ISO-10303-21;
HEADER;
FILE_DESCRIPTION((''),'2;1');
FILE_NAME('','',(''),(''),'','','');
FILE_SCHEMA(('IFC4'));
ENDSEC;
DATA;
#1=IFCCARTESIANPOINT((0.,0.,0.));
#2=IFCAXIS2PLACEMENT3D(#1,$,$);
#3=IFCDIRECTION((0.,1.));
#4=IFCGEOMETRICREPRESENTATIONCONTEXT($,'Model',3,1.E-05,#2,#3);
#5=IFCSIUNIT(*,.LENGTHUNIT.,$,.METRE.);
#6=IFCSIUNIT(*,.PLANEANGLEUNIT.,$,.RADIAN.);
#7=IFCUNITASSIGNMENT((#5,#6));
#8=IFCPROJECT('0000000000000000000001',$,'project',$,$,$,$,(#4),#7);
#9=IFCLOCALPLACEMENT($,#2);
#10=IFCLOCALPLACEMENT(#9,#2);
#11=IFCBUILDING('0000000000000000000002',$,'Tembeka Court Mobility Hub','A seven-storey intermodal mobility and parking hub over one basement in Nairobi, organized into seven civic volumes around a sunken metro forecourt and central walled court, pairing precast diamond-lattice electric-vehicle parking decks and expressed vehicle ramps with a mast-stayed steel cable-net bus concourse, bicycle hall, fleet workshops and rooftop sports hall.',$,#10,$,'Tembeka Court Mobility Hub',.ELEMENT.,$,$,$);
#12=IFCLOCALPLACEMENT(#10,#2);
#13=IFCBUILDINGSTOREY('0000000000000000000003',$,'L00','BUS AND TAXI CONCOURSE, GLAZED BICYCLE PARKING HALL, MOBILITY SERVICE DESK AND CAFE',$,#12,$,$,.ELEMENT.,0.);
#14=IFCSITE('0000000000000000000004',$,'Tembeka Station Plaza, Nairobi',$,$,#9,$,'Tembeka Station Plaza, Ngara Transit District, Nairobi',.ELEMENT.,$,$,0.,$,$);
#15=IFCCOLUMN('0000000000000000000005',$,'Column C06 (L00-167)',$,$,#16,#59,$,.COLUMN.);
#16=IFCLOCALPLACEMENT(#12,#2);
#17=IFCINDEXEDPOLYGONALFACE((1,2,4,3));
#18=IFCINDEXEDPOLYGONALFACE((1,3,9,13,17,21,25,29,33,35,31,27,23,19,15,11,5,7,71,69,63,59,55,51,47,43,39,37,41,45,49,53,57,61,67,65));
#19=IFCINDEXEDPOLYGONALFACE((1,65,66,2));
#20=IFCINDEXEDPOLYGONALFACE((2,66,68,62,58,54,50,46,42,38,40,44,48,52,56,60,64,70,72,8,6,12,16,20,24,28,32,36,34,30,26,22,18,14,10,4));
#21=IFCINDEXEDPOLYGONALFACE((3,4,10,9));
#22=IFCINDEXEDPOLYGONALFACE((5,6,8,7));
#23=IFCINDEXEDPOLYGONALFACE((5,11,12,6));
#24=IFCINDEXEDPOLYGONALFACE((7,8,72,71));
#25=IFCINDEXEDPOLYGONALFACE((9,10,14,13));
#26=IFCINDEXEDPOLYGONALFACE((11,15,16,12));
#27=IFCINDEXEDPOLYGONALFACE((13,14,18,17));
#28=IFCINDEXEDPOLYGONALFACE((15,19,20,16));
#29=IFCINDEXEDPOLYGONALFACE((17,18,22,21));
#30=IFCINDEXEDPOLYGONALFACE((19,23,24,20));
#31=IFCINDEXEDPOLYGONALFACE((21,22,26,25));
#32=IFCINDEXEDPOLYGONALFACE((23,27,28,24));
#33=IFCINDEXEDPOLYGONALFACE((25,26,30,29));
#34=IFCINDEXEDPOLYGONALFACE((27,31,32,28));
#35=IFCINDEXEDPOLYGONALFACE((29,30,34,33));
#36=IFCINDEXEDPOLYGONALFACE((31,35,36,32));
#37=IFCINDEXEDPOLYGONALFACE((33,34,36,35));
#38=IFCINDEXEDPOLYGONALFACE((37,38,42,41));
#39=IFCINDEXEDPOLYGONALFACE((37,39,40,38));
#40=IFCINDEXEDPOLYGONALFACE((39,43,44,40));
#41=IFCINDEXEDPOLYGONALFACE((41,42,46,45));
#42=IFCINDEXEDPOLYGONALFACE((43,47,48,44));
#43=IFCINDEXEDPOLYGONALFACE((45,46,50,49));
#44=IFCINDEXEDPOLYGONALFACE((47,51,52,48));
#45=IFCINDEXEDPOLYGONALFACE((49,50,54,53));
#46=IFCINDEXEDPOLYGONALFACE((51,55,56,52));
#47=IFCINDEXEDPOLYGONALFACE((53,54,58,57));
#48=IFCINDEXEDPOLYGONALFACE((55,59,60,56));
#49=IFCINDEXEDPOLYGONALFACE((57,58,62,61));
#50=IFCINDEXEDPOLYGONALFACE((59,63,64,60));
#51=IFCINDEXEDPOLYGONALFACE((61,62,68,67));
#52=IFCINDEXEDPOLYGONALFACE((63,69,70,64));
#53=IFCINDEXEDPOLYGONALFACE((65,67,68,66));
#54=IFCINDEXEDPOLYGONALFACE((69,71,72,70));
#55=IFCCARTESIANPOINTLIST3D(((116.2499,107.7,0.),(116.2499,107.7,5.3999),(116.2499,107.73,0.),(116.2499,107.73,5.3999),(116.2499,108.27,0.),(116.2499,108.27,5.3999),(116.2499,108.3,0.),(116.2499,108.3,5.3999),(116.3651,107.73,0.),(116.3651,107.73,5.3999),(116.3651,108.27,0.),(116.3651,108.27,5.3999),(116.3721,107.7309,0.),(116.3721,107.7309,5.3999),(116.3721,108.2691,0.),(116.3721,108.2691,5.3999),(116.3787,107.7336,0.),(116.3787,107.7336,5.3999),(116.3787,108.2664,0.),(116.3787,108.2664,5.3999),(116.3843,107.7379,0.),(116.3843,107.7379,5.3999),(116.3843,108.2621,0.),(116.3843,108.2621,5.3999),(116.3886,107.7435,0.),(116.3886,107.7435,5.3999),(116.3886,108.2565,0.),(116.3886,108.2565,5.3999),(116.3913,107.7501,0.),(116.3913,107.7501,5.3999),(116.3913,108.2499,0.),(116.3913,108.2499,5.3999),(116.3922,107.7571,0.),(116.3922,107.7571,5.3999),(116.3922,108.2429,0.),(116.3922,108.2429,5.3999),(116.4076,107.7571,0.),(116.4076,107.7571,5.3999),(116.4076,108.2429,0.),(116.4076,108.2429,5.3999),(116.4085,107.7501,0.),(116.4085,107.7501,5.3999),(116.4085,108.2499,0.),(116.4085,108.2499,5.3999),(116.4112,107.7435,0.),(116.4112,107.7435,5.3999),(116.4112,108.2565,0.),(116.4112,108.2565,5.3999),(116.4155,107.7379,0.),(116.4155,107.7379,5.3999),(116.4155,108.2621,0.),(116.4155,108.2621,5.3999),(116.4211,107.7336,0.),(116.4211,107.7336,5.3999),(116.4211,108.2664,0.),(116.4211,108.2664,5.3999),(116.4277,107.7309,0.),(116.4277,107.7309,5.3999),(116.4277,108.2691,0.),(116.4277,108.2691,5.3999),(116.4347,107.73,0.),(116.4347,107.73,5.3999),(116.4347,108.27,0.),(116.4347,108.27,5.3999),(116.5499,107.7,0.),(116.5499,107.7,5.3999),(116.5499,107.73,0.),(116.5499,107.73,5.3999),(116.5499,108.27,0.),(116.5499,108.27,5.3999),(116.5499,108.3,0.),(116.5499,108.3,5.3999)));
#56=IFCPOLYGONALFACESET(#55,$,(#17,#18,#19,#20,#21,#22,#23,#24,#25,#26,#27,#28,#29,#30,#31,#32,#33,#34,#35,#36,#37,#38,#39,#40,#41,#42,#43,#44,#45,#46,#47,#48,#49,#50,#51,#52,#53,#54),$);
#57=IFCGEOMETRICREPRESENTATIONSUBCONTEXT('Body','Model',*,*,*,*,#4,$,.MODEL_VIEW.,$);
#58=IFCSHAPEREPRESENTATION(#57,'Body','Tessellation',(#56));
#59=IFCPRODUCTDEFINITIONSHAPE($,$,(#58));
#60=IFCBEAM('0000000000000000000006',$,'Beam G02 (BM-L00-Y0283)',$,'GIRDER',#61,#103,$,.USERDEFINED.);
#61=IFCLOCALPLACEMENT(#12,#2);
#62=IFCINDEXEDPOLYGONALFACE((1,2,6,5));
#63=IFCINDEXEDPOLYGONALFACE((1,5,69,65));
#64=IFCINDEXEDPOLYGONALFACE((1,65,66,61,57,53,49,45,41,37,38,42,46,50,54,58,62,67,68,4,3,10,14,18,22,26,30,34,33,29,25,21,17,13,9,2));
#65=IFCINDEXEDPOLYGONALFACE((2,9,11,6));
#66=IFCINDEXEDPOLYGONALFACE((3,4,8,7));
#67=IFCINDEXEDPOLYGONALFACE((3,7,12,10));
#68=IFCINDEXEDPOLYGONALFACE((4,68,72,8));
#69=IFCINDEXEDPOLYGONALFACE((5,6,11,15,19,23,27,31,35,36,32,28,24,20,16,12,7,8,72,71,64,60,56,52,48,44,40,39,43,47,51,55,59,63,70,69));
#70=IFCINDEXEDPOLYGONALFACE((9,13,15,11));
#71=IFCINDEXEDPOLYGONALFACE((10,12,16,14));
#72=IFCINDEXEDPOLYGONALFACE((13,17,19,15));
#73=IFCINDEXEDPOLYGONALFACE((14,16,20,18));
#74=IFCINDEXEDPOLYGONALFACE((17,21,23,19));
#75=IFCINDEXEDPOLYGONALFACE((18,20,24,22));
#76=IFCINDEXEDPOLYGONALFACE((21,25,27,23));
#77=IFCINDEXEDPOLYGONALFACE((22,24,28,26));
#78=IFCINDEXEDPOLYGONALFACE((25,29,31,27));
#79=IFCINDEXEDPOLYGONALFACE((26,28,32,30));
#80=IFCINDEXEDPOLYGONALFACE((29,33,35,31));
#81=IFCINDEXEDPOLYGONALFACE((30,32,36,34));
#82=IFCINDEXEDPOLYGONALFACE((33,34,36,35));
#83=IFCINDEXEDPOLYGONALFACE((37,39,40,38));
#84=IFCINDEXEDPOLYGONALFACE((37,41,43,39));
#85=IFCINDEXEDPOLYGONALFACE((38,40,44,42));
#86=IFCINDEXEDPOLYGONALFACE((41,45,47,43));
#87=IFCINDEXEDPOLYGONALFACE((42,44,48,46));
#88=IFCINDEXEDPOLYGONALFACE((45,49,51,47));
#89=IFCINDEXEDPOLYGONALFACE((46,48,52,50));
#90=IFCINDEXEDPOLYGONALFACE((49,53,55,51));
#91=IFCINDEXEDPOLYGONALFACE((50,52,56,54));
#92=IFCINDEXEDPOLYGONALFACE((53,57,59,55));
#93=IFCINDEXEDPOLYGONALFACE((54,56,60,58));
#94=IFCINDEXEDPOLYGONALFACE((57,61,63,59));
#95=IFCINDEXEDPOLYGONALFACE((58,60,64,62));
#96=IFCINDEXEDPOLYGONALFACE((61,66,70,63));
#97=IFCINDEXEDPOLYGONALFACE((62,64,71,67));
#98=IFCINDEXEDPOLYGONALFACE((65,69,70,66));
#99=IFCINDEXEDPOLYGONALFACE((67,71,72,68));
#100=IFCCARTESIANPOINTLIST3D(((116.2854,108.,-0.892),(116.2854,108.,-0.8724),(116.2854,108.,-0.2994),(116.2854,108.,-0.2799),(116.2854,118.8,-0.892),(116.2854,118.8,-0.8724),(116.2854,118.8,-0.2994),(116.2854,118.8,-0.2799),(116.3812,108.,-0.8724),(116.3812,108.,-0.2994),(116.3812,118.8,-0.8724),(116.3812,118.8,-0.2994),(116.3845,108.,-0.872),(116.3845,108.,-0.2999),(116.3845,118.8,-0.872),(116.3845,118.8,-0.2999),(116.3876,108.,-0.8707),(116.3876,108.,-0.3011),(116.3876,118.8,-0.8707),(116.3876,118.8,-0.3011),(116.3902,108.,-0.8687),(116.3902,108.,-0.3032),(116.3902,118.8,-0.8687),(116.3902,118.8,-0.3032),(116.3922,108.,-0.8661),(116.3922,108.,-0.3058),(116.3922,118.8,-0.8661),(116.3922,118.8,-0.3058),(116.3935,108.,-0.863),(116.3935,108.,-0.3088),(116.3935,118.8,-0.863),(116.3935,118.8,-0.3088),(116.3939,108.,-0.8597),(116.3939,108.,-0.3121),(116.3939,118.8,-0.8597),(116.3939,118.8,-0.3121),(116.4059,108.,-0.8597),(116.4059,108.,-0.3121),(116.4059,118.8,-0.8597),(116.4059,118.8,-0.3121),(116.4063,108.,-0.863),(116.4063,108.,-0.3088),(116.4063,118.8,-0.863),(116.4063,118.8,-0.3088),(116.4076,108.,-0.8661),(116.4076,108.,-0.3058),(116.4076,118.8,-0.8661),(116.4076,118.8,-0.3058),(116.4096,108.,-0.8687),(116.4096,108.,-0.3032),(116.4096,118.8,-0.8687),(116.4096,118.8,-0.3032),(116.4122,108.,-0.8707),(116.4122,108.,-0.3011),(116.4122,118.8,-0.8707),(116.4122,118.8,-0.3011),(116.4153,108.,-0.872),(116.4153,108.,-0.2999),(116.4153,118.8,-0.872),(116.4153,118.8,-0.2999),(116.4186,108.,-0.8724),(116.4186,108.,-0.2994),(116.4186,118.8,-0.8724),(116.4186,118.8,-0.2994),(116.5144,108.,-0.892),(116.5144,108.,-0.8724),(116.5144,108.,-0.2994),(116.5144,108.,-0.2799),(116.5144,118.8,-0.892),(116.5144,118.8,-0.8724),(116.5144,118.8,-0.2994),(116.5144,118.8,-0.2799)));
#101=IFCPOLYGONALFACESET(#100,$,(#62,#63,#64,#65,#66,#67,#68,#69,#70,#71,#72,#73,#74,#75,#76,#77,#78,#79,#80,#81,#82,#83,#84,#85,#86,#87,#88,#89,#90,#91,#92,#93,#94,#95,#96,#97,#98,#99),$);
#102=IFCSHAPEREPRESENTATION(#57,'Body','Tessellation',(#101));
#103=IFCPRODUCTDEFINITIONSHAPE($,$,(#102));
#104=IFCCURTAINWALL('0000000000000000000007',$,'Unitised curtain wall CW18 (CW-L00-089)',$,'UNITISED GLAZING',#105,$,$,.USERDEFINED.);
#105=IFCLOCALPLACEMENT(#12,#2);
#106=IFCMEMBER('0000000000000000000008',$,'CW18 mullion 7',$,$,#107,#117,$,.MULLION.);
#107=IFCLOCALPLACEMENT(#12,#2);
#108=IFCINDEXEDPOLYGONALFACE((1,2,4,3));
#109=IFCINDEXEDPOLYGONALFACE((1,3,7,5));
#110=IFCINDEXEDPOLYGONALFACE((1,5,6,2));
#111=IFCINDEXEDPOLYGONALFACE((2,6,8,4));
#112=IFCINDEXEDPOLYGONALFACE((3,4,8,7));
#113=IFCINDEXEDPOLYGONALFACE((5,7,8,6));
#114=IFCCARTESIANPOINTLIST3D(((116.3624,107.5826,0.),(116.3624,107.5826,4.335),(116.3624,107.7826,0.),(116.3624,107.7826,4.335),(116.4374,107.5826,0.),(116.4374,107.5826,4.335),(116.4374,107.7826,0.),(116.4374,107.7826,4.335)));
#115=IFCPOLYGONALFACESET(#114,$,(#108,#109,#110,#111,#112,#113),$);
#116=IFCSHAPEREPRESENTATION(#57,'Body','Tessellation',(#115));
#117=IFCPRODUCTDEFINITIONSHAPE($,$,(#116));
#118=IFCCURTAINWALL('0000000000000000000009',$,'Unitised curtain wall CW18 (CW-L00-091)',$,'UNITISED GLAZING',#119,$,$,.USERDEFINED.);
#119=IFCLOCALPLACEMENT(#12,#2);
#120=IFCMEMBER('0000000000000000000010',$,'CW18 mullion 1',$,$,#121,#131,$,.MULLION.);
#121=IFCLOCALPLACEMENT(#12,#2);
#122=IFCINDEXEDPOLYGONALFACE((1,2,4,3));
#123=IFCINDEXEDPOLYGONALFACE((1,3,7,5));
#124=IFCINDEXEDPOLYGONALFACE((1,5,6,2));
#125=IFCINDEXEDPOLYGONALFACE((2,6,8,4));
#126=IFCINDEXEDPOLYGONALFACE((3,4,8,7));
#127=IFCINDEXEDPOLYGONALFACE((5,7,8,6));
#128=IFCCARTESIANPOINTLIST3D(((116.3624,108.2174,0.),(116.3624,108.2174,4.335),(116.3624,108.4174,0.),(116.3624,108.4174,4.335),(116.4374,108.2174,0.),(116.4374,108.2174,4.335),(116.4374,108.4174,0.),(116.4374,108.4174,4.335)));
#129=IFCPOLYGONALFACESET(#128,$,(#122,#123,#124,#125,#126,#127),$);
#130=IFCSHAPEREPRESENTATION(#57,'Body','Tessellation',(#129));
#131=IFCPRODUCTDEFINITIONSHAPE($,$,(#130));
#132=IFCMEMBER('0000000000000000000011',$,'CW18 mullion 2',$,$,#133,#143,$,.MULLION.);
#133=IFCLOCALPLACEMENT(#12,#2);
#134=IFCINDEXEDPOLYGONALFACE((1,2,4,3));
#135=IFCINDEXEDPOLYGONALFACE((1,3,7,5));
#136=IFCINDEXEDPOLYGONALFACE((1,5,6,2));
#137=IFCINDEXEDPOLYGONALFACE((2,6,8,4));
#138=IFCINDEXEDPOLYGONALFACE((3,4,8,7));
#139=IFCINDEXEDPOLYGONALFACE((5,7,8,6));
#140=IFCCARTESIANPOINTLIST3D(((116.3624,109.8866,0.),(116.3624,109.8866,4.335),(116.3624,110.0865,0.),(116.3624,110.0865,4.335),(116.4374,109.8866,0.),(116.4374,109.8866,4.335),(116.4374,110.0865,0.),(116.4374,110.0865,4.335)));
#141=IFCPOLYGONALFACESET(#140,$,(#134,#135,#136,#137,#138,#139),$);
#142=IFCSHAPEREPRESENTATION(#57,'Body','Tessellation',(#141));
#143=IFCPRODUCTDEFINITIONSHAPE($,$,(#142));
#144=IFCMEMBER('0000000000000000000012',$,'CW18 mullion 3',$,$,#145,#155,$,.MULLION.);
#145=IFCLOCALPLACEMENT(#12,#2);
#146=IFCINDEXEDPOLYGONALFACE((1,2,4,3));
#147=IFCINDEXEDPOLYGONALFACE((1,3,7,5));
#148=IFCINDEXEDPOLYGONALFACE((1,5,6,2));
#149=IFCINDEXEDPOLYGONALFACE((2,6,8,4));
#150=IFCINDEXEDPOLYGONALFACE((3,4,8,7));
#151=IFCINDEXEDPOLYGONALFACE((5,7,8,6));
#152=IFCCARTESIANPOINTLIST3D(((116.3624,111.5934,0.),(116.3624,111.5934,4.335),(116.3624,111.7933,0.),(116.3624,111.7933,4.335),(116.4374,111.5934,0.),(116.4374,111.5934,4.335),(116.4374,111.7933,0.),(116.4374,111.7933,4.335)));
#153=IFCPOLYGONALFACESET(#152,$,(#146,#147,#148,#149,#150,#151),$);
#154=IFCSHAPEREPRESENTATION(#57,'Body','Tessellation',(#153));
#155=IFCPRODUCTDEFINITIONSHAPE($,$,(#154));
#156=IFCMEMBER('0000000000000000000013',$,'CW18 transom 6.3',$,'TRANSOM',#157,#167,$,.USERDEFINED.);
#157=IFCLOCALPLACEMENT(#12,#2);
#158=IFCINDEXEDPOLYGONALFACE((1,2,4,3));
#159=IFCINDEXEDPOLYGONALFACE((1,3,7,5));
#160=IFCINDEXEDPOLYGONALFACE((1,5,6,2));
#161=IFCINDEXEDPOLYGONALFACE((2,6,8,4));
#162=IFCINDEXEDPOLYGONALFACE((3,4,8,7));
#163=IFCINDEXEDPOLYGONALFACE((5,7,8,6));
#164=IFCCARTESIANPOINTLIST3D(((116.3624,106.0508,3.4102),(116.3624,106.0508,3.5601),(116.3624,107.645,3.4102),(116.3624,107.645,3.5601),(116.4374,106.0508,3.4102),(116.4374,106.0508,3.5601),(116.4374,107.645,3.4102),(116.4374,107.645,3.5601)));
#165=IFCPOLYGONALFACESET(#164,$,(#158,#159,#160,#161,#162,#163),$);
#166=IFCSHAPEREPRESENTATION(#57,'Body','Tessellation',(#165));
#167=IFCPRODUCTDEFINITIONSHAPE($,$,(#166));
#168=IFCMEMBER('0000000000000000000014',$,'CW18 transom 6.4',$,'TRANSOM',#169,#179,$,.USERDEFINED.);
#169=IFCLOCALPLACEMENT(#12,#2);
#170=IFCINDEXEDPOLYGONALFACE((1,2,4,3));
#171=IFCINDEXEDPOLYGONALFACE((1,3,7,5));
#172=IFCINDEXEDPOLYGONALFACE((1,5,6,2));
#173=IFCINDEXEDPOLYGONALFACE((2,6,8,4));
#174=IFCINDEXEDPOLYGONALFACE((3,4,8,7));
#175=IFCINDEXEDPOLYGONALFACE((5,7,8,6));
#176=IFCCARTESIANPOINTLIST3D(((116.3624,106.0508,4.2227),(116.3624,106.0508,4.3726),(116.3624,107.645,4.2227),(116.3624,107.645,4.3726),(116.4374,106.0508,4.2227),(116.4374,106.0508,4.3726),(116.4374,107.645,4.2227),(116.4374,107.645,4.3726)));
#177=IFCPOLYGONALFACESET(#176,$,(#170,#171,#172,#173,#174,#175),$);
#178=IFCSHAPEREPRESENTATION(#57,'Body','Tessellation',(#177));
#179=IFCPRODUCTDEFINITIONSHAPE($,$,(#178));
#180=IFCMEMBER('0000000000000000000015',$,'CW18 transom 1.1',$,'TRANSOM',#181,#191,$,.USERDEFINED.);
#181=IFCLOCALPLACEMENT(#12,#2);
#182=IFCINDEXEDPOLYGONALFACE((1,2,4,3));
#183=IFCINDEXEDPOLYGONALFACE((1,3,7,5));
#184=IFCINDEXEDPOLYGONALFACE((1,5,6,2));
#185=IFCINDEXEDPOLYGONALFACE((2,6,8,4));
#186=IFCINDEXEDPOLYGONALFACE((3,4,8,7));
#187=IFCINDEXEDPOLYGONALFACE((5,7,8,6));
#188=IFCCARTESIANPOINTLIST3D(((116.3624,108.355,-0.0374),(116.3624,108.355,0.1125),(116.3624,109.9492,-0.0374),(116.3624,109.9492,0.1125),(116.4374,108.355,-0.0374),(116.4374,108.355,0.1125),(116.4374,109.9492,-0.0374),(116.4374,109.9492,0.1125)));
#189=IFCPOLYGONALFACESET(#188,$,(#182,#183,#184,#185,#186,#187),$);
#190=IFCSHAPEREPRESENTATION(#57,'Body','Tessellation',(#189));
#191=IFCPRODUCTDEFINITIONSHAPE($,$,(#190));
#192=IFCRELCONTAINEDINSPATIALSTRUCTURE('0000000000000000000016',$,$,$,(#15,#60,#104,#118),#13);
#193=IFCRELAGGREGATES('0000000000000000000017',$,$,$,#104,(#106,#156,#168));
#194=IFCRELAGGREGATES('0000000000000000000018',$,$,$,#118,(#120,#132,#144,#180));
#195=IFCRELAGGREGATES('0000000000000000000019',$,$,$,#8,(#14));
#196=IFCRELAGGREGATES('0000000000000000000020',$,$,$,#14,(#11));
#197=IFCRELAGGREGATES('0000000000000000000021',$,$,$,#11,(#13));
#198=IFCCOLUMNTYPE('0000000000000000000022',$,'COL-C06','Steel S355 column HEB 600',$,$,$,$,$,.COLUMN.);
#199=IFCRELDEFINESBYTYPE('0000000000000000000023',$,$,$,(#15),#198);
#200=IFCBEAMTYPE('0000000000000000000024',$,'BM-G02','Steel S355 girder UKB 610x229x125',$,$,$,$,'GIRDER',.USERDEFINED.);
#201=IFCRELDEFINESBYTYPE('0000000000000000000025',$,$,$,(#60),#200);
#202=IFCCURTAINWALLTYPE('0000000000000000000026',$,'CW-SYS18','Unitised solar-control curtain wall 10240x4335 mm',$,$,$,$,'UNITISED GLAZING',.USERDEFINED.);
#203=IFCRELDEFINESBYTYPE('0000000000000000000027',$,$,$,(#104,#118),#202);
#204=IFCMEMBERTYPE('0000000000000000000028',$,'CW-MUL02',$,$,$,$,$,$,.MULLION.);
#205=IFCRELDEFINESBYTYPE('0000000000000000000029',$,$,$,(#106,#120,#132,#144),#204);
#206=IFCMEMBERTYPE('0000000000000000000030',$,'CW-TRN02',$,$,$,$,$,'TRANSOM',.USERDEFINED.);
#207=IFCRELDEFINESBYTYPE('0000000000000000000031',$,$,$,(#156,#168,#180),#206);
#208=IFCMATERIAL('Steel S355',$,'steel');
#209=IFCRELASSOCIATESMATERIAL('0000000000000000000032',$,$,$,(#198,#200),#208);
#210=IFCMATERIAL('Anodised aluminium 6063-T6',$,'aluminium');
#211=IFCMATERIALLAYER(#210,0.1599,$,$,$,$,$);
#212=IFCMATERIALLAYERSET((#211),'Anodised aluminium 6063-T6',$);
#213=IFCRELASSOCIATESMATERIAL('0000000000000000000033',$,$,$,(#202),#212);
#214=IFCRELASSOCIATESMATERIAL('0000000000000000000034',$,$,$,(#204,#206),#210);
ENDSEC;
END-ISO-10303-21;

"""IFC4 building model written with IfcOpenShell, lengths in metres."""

from ifc_helpers import new_model, si_unit, direction, frame, origin, origin_2d, place, context, subcontext, project, spatial, rectangle, i_section, extrude, material, layer, layer_set, material_profile, profile_set, type_object, element, aggregate, save


model = new_model("IFC4")

# Units and contexts
model_context = context("Model", 3, precision=1e-05, world=origin(), true_north=direction((0.0, 1.0)))
body_context = subcontext(model_context, "Body", "Model", "MODEL_VIEW")
ifc_project = project(units=[si_unit("LENGTHUNIT", "METRE"), si_unit("PLANEANGLEUNIT", "RADIAN")], contexts=[model_context])

# Site, building, storey
site_placement = place(None, origin())
site = spatial("IfcSite", under=ifc_project, at=site_placement, Name="Tembeka Station Plaza, Nairobi", LongName="Tembeka Station Plaza, Ngara Transit District, Nairobi", CompositionType="ELEMENT", RefElevation=0.0)
building_placement = place(site_placement, origin())
building = spatial("IfcBuilding", under=site, at=building_placement, Name="Tembeka Court Mobility Hub", Description="A seven-storey intermodal mobility and parking hub over one basement in Nairobi, organized into seven civic volumes around a sunken metro forecourt and central walled court, pairing precast diamond-lattice electric-vehicle parking decks and expressed vehicle ramps with a mast-stayed steel cable-net bus concourse, bicycle hall, fleet workshops and rooftop sports hall.", LongName="Tembeka Court Mobility Hub", CompositionType="ELEMENT")
storey_placement = place(building_placement, origin())
storey = spatial("IfcBuildingStorey", under=building, at=storey_placement, Name="L00", Description="BUS AND TAXI CONCOURSE, GLAZED BICYCLE PARKING HALL, MOBILITY SERVICE DESK AND CAFE", CompositionType="ELEMENT", Elevation=0.0)

# Column
ifc_material_1 = material(Name="Steel S355", Category="steel")
ifc_material_profile_1 = material_profile(ifc_material_1, i_section(OverallWidth=0.3, OverallDepth=0.6001, WebThickness=0.0154, FlangeThickness=0.03, FilletRadius=0.0271, at=origin_2d()), Name="HEB 600")
ifc_profile_set_1 = profile_set([ifc_material_profile_1], Name="Steel S355")
column_type = type_object("IfcColumnType", Name="COL-C06", Description="Steel S355 column HEB 600", PredefinedType="COLUMN", material=ifc_profile_set_1)
column_placement = place(storey_placement, frame((116.3999, 108.0, 0.0), z_axis=(0.0, 0.0, 1.0), x_axis=(1.0, 0.0, 0.0)))
element("IfcColumn", 1, at=column_placement, inside=storey, type_object=column_type, Name="Column C06 (L00-167)", PredefinedType="COLUMN", context=body_context, shape_type="SweptSolid", body=[
    extrude(i_section(OverallWidth=0.3, OverallDepth=0.6001, WebThickness=0.0154, FlangeThickness=0.03, FilletRadius=0.0271, at=origin_2d()), origin(), (0.0, 0.0, 1.0), 5.3999),
])

# Beam
ifc_material_profile_2 = material_profile(ifc_material_1, i_section(OverallWidth=0.229, OverallDepth=0.6121, WebThickness=0.012, FlangeThickness=0.0195, FilletRadius=0.0127, at=origin_2d()), Name="UKB 610x229x125")
ifc_profile_set_2 = profile_set([ifc_material_profile_2], Name="Steel S355")
beam_type = type_object("IfcBeamType", Name="BM-G02", Description="Steel S355 girder UKB 610x229x125", ElementType="GIRDER", PredefinedType="USERDEFINED", material=ifc_profile_set_2)
beam_placement = place(storey_placement, frame((116.3999, 108.0, -0.5859), z_axis=(0.0, 1.0, 0.0), x_axis=(-1.0, 0.0, 0.0)))
element("IfcBeam", 2, at=beam_placement, inside=storey, type_object=beam_type, Name="Beam G02 (BM-L00-Y0283)", ObjectType="GIRDER", PredefinedType="USERDEFINED", context=body_context, shape_type="SweptSolid", body=[
    extrude(i_section(OverallWidth=0.229, OverallDepth=0.6121, WebThickness=0.012, FlangeThickness=0.0195, FilletRadius=0.0127, at=origin_2d()), origin(), (0.0, 0.0, 1.0), 10.8),
])

# Curtain wall, member
ifc_material_2 = material(Name="Anodised aluminium 6063-T6", Category="aluminium")
ifc_layer_1 = layer(ifc_material_2, 0.1599)
ifc_layer_set_1 = layer_set([ifc_layer_1], Name="Anodised aluminium 6063-T6")
curtain_wall_type = type_object("IfcCurtainWallType", Name="CW-SYS18", Description="Unitised solar-control curtain wall 10240x4335 mm", ElementType="UNITISED GLAZING", PredefinedType="USERDEFINED", material=ifc_layer_set_1)
curtain_wall_1_placement = place(storey_placement, origin())
curtain_wall_1 = element("IfcCurtainWall", 3, at=curtain_wall_1_placement, inside=storey, type_object=curtain_wall_type, Name="Unitised curtain wall CW18 (CW-L00-089)", ObjectType="UNITISED GLAZING", PredefinedType="USERDEFINED")
ifc_material_profile_3 = material_profile(ifc_material_2, rectangle(XDim=0.075, YDim=0.2, at=origin_2d()), Name="ALU-MUL 75x200")
ifc_profile_set_3 = profile_set([ifc_material_profile_3], Name="Anodised aluminium 6063-T6")
member_type_1 = type_object("IfcMemberType", Name="CW-MUL02", PredefinedType="MULLION", material=ifc_profile_set_3)
member_1_placement = place(storey_placement, frame((116.3999, 107.6826, 0.0), z_axis=(0.0, 0.0, 1.0), x_axis=(-1.0, 0.0, 0.0)))
member_1 = element("IfcMember", 4, at=member_1_placement, type_object=member_type_1, Name="CW18 mullion 7", PredefinedType="MULLION", context=body_context, shape_type="SweptSolid", body=[
    extrude(rectangle(XDim=0.075, YDim=0.2, at=origin_2d()), origin(), (0.0, 0.0, 1.0), 4.335),
])

# Curtain wall, members
curtain_wall_2_placement = place(storey_placement, origin())
curtain_wall_2 = element("IfcCurtainWall", 5, at=curtain_wall_2_placement, inside=storey, type_object=curtain_wall_type, Name="Unitised curtain wall CW18 (CW-L00-091)", ObjectType="UNITISED GLAZING", PredefinedType="USERDEFINED")
member_2_placement = place(storey_placement, frame((116.3999, 108.3174, 0.0), z_axis=(0.0, 0.0, 1.0), x_axis=(-1.0, 0.0, 0.0)))
member_2 = element("IfcMember", 6, at=member_2_placement, type_object=member_type_1, Name="CW18 mullion 1", PredefinedType="MULLION", context=body_context, shape_type="SweptSolid", body=[
    extrude(rectangle(XDim=0.075, YDim=0.2, at=origin_2d()), origin(), (0.0, 0.0, 1.0), 4.335),
])
member_3_placement = place(storey_placement, frame((116.3999, 109.9866, 0.0), z_axis=(0.0, 0.0, 1.0), x_axis=(-1.0, 0.0, 0.0)))
member_3 = element("IfcMember", 7, at=member_3_placement, type_object=member_type_1, Name="CW18 mullion 2", PredefinedType="MULLION", context=body_context, shape_type="SweptSolid", body=[
    extrude(rectangle(XDim=0.075, YDim=0.2, at=origin_2d()), origin(), (0.0, 0.0, 1.0), 4.335),
])
member_4_placement = place(storey_placement, frame((116.3999, 111.6934, 0.0), z_axis=(0.0, 0.0, 1.0), x_axis=(-1.0, 0.0, 0.0)))
member_4 = element("IfcMember", 8, at=member_4_placement, type_object=member_type_1, Name="CW18 mullion 3", PredefinedType="MULLION", context=body_context, shape_type="SweptSolid", body=[
    extrude(rectangle(XDim=0.075, YDim=0.2, at=origin_2d()), origin(), (0.0, 0.0, 1.0), 4.335),
])

# Members
ifc_material_profile_4 = material_profile(ifc_material_2, rectangle(XDim=0.075, YDim=0.1499, at=origin_2d()), Name="ALU-TRN 75x150")
ifc_profile_set_4 = profile_set([ifc_material_profile_4], Name="Anodised aluminium 6063-T6")
member_type_2 = type_object("IfcMemberType", Name="CW-TRN02", ElementType="TRANSOM", PredefinedType="USERDEFINED", material=ifc_profile_set_4)
member_5_placement = place(storey_placement, frame((116.3999, 106.0508, 3.4851), z_axis=(0.0, 1.0, 0.0), x_axis=(-1.0, 0.0, 0.0)))
member_5 = element("IfcMember", 9, at=member_5_placement, type_object=member_type_2, Name="CW18 transom 6.3", ObjectType="TRANSOM", PredefinedType="USERDEFINED", context=body_context, shape_type="SweptSolid", body=[
    extrude(rectangle(XDim=0.075, YDim=0.1499, at=origin_2d()), origin(), (0.0, 0.0, 1.0), 1.5942),
])
member_6_placement = place(storey_placement, frame((116.3999, 106.0508, 4.2976), z_axis=(0.0, 1.0, 0.0), x_axis=(-1.0, 0.0, 0.0)))
member_6 = element("IfcMember", 10, at=member_6_placement, type_object=member_type_2, Name="CW18 transom 6.4", ObjectType="TRANSOM", PredefinedType="USERDEFINED", context=body_context, shape_type="SweptSolid", body=[
    extrude(rectangle(XDim=0.075, YDim=0.1499, at=origin_2d()), origin(), (0.0, 0.0, 1.0), 1.5942),
])
member_7_placement = place(storey_placement, frame((116.3999, 108.355, 0.0376), z_axis=(0.0, 1.0, 0.0), x_axis=(-1.0, 0.0, 0.0)))
member_7 = element("IfcMember", 11, at=member_7_placement, type_object=member_type_2, Name="CW18 transom 1.1", ObjectType="TRANSOM", PredefinedType="USERDEFINED", context=body_context, shape_type="SweptSolid", body=[
    extrude(rectangle(XDim=0.075, YDim=0.1499, at=origin_2d()), origin(), (0.0, 0.0, 1.0), 1.5942),
])

aggregate(curtain_wall_1, [member_1, member_5, member_6])
aggregate(curtain_wall_2, [member_2, member_3, member_4, member_7])

save(model, "model.ifc")
